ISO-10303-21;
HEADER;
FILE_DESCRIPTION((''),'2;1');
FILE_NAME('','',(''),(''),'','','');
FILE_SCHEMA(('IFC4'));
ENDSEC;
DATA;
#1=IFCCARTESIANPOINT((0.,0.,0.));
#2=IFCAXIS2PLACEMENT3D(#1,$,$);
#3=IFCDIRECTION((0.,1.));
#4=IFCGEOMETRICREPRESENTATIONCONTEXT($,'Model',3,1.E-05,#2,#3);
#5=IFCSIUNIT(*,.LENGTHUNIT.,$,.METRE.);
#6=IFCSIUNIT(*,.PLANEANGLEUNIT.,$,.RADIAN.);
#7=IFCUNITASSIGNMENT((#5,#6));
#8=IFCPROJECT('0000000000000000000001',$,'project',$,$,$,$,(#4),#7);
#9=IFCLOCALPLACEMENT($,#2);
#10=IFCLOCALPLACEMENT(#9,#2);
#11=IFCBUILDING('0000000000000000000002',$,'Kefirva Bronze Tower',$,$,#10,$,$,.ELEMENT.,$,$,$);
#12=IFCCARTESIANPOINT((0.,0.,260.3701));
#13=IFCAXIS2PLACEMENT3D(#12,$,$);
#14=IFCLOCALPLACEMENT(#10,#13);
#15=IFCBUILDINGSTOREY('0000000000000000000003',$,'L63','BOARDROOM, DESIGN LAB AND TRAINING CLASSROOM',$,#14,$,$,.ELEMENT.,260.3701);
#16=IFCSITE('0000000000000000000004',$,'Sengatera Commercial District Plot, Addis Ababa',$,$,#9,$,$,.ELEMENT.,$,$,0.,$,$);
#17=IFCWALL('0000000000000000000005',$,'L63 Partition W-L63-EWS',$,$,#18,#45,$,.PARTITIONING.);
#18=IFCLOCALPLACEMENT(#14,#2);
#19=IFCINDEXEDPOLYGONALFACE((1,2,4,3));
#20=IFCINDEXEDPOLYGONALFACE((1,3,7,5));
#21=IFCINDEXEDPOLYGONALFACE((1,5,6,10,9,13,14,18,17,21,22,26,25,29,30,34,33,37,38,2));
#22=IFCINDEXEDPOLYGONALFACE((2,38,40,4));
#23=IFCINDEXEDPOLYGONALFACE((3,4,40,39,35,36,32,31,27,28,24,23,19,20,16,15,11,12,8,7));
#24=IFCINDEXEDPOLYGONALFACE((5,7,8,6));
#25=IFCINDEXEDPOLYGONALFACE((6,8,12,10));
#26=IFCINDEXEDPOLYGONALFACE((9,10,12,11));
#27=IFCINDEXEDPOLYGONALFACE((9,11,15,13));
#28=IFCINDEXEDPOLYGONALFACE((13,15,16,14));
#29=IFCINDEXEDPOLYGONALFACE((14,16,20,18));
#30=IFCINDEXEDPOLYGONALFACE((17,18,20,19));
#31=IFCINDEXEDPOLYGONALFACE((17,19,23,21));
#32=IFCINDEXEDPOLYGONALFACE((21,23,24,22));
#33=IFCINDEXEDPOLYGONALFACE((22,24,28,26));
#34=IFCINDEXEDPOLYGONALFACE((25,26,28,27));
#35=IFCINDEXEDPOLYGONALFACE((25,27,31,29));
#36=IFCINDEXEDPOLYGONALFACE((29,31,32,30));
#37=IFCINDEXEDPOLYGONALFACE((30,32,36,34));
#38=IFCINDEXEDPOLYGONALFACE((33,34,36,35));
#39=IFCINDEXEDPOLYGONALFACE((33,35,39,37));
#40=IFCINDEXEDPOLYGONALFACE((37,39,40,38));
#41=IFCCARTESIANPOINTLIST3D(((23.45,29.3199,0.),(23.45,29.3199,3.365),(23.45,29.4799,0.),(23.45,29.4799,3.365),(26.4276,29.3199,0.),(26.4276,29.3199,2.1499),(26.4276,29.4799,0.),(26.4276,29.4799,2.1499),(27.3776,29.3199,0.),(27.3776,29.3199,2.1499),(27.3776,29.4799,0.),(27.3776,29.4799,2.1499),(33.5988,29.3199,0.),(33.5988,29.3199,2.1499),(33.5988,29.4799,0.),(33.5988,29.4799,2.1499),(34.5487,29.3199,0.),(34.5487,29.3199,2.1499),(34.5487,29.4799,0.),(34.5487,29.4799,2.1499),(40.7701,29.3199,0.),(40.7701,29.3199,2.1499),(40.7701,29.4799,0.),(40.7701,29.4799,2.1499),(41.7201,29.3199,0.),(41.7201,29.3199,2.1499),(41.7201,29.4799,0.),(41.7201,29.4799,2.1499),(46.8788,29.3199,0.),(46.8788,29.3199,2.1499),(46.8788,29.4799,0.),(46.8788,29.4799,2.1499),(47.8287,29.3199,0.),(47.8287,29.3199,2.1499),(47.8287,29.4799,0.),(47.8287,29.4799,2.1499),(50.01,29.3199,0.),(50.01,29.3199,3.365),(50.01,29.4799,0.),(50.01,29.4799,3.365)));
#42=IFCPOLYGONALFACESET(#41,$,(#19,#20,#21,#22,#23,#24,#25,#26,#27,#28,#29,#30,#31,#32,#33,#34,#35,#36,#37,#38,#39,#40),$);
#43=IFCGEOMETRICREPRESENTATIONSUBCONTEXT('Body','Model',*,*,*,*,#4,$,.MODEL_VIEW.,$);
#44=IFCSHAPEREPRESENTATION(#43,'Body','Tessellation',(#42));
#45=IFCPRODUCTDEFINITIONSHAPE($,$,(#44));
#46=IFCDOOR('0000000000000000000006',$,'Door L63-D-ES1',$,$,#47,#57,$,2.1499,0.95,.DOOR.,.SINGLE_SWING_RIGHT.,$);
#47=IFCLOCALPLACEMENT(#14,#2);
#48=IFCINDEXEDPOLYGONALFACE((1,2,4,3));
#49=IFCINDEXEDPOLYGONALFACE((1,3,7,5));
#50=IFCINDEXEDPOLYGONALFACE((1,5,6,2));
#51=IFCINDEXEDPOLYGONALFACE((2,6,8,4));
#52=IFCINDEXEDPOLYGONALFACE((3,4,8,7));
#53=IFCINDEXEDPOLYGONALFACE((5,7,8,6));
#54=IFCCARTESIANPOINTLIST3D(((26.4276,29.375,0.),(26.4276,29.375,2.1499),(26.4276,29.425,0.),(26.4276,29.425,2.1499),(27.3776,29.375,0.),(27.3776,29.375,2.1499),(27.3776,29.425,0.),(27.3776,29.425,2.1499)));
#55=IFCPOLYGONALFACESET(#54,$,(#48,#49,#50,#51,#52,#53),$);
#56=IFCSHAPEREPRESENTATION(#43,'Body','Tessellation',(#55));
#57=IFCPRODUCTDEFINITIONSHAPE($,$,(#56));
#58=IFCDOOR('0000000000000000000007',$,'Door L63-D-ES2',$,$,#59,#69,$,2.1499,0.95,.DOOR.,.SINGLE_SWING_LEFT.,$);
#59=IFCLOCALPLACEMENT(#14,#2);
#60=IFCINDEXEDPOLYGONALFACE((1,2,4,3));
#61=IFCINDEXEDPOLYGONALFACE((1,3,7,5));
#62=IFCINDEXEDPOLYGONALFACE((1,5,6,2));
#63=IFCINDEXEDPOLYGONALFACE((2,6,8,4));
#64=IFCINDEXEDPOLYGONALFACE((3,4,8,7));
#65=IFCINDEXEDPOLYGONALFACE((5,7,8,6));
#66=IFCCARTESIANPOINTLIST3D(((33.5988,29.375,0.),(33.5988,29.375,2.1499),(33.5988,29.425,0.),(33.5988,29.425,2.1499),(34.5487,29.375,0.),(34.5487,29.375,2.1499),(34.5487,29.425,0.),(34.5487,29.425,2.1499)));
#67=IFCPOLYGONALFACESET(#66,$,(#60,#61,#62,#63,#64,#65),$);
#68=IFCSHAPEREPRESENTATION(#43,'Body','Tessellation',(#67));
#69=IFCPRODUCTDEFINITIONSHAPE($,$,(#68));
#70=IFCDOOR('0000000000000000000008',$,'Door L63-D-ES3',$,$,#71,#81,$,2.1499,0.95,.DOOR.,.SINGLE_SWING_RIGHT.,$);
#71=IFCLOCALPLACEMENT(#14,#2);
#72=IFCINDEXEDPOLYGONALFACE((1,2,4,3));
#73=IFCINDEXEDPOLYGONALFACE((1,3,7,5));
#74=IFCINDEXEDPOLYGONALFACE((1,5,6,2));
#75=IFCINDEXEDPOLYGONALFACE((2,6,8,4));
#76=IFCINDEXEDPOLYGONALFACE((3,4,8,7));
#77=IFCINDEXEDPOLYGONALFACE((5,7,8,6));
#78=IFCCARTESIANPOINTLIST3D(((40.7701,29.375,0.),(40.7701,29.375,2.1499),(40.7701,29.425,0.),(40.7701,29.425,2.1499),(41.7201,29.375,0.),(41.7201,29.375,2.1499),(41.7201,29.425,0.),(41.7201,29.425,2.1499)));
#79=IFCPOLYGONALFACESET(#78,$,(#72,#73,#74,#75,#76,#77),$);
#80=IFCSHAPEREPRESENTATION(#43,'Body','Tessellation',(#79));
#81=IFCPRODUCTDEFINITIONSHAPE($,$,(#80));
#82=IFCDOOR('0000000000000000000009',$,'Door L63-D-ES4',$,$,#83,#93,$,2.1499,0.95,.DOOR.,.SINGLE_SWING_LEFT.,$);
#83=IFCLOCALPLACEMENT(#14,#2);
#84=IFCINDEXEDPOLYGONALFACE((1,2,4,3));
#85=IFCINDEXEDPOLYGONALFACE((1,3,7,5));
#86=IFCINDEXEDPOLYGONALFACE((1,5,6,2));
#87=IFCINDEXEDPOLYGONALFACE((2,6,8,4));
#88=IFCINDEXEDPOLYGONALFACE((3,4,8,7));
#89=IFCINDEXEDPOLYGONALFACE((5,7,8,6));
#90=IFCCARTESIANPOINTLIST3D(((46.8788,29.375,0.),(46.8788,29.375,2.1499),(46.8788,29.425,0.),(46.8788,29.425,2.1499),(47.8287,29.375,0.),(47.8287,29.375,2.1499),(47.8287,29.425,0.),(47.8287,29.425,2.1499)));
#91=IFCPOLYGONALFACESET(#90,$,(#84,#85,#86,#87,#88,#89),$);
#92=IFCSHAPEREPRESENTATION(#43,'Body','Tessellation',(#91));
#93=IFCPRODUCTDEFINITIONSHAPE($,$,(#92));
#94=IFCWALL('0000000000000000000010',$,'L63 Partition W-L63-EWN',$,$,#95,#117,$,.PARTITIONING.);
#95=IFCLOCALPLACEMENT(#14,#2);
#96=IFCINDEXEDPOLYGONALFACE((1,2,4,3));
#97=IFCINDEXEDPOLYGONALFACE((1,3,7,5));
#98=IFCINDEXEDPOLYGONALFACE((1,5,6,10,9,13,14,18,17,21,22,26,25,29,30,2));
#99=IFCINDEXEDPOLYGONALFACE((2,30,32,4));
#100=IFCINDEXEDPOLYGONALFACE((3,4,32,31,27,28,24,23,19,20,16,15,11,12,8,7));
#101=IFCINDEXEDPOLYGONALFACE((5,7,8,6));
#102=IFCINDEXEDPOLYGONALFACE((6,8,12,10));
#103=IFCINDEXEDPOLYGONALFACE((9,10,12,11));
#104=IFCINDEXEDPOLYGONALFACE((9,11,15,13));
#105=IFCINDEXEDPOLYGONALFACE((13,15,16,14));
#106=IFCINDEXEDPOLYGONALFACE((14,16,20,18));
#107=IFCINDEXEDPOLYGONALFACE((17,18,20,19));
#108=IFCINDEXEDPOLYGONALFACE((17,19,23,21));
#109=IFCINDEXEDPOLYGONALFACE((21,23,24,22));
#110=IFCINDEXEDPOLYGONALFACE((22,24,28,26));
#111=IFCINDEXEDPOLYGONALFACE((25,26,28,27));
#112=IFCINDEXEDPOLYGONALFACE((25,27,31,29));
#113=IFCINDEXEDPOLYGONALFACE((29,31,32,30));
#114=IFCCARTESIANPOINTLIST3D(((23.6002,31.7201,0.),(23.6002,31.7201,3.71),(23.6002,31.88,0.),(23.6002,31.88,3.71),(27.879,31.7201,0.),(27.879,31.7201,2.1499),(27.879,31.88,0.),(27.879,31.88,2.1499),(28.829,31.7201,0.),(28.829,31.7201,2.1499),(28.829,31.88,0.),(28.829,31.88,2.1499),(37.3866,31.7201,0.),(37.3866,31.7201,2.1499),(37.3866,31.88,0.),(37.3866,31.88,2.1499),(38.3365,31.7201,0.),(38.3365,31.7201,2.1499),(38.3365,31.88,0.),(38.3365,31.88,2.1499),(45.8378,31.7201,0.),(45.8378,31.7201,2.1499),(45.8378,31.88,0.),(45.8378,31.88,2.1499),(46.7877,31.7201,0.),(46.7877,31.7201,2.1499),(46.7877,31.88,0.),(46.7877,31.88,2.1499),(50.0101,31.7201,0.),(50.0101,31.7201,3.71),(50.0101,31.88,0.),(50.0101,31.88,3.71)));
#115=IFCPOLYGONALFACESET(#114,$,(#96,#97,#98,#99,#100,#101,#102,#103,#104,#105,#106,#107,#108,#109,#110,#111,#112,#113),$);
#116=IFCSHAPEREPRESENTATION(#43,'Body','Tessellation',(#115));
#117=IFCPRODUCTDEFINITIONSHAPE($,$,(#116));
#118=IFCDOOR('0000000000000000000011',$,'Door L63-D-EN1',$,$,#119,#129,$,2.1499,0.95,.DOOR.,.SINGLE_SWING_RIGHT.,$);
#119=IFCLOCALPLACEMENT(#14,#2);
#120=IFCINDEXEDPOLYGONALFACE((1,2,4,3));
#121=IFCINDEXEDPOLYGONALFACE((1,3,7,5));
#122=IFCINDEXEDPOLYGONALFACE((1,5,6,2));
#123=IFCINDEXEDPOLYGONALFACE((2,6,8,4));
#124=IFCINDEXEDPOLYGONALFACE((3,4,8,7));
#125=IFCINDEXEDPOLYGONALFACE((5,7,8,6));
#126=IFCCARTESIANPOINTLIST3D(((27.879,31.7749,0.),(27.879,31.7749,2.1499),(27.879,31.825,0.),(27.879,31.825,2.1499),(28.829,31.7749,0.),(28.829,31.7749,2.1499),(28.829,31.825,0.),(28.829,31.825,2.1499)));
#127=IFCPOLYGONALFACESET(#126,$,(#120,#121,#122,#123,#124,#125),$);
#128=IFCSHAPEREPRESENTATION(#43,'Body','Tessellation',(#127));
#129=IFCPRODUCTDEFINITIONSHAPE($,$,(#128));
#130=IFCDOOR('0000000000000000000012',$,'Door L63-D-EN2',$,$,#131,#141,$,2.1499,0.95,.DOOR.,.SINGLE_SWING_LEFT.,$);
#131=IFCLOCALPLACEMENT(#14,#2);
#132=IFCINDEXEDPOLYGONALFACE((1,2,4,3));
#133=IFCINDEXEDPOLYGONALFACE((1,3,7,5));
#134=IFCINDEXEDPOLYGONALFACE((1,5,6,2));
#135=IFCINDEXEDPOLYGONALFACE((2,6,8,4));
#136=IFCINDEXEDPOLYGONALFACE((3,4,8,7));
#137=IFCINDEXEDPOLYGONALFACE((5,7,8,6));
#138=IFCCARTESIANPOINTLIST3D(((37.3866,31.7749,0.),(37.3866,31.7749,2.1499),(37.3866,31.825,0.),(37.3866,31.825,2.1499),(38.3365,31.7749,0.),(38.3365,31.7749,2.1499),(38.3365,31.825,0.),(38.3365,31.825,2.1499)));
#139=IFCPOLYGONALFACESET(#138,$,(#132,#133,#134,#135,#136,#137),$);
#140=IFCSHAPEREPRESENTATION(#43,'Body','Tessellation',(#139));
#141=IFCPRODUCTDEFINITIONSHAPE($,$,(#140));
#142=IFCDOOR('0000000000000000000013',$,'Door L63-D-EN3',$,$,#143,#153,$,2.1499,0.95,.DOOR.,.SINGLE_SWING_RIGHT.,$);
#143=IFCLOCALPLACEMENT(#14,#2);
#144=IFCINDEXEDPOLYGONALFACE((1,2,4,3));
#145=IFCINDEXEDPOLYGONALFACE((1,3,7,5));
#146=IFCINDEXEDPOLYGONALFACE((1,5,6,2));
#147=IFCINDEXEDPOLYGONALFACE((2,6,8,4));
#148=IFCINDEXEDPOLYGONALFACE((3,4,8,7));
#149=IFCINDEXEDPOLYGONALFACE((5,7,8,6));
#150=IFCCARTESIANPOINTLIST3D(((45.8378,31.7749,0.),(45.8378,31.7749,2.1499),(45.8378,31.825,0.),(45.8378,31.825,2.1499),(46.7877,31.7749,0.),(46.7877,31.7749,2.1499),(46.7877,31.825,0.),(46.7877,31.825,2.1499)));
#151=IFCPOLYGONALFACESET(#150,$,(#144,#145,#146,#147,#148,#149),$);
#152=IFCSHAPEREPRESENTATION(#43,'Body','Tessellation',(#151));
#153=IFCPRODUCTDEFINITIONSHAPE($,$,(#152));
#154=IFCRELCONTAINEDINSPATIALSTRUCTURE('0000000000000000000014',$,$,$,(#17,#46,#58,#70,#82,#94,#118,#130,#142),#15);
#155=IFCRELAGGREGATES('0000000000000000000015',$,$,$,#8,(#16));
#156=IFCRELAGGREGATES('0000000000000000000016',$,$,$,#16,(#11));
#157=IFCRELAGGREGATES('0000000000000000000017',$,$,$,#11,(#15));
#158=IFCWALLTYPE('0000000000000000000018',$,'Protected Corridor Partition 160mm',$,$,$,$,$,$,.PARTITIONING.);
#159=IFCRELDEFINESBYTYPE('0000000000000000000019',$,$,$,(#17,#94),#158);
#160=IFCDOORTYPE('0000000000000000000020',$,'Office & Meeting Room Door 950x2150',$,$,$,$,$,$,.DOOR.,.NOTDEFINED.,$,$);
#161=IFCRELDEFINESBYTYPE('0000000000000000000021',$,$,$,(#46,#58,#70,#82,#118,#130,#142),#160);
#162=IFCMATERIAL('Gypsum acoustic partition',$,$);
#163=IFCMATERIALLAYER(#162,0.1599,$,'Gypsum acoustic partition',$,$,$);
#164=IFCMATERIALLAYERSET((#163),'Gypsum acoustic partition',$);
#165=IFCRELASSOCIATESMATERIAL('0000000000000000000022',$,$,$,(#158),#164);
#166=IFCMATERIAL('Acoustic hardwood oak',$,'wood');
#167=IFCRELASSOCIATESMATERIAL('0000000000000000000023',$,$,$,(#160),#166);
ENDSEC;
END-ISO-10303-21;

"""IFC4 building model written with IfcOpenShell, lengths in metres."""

from ifc_helpers import new_model, si_unit, direction, frame, frame_2d, origin, place, context, subcontext, project, spatial, rectangle, extrude, material, layer, layer_set, type_object, element, fill, save


model = new_model("IFC4")

# Units and contexts
model_context = context("Model", 3, precision=1e-05, world=origin(), true_north=direction((0.0, 1.0)))
body_context = subcontext(model_context, "Body", "Model", "MODEL_VIEW")
ifc_project = project(units=[si_unit("LENGTHUNIT", "METRE"), si_unit("PLANEANGLEUNIT", "RADIAN")], contexts=[model_context])

# Site, building, storey
site_placement = place(None, origin())
site = spatial("IfcSite", under=ifc_project, at=site_placement, Name="Sengatera Commercial District Plot, Addis Ababa", CompositionType="ELEMENT", RefElevation=0.0)
building_placement = place(site_placement, origin())
building = spatial("IfcBuilding", under=site, at=building_placement, Name="Kefirva Bronze Tower", CompositionType="ELEMENT")
storey_placement = place(building_placement, frame((0.0, 0.0, 260.3701)))
storey = spatial("IfcBuildingStorey", under=building, at=storey_placement, Name="L63", Description="BOARDROOM, DESIGN LAB AND TRAINING CLASSROOM", CompositionType="ELEMENT", Elevation=260.3701)

# Shared definitions
ifc_material_1 = material(Name="Gypsum acoustic partition")

# Walls, openings, doors
ifc_layer_1 = layer(ifc_material_1, 0.1599, Name="Gypsum acoustic partition")
ifc_layer_set_1 = layer_set([ifc_layer_1], Name="Gypsum acoustic partition")
wall_type_1 = type_object("IfcWallType", Name="Protected Corridor Partition 160mm", PredefinedType="PARTITIONING", material=ifc_layer_set_1)
wall_1_placement = place(storey_placement, frame((23.45, 29.3999, 0.0), z_axis=(0.0, 0.0, 1.0), x_axis=(1.0, 0.0, 0.0)))
wall_1 = element("IfcWall", 1, at=wall_1_placement, inside=storey, type_object=wall_type_1, Name="L63 Partition W-L63-EWS", PredefinedType="PARTITIONING", context=body_context, shape_type="SweptSolid", body=[
    extrude(rectangle(XDim=26.5601, YDim=0.1599, at=frame_2d((13.28, 0.0))), origin(), (0.0, 0.0, 1.0), 3.365),
])
opening_1_placement = place(wall_1_placement, frame((3.9277, 0.0, 0.0), z_axis=(0.0, 0.0, 1.0), x_axis=(-1.0, 0.0, 0.0)))
opening_1 = element("IfcOpeningElement", 2, at=opening_1_placement, cuts=wall_1, PredefinedType="OPENING", context=body_context, shape_type="SweptSolid", body=[
    extrude(rectangle(XDim=0.95, YDim=2.1499, at=frame_2d((0.4751, 1.075))), frame((0.0, 0.0898, 0.0), z_axis=(0.0, -1.0, 0.0), x_axis=(1.0, 0.0, 0.0)), (0.0, 0.0, 1.0), 0.1799),
])
opening_2_placement = place(wall_1_placement, frame((11.0989, 0.0, 0.0), z_axis=(0.0, 0.0, 1.0), x_axis=(-1.0, 0.0, 0.0)))
opening_2 = element("IfcOpeningElement", 3, at=opening_2_placement, cuts=wall_1, PredefinedType="OPENING", context=body_context, shape_type="SweptSolid", body=[
    extrude(rectangle(XDim=0.95, YDim=2.1499, at=frame_2d((0.4751, 1.075))), frame((0.0, 0.0898, 0.0), z_axis=(0.0, -1.0, 0.0), x_axis=(1.0, 0.0, 0.0)), (0.0, 0.0, 1.0), 0.1799),
])
opening_3_placement = place(wall_1_placement, frame((18.2703, 0.0, 0.0), z_axis=(0.0, 0.0, 1.0), x_axis=(-1.0, 0.0, 0.0)))
opening_3 = element("IfcOpeningElement", 4, at=opening_3_placement, cuts=wall_1, PredefinedType="OPENING", context=body_context, shape_type="SweptSolid", body=[
    extrude(rectangle(XDim=0.95, YDim=2.1499, at=frame_2d((0.4751, 1.075))), frame((0.0, 0.0898, 0.0), z_axis=(0.0, -1.0, 0.0), x_axis=(1.0, 0.0, 0.0)), (0.0, 0.0, 1.0), 0.1799),
])
opening_4_placement = place(wall_1_placement, frame((24.3789, 0.0, 0.0), z_axis=(0.0, 0.0, 1.0), x_axis=(-1.0, 0.0, 0.0)))
opening_4 = element("IfcOpeningElement", 5, at=opening_4_placement, cuts=wall_1, PredefinedType="OPENING", context=body_context, shape_type="SweptSolid", body=[
    extrude(rectangle(XDim=0.95, YDim=2.1499, at=frame_2d((0.4751, 1.075))), frame((0.0, 0.0898, 0.0), z_axis=(0.0, -1.0, 0.0), x_axis=(1.0, 0.0, 0.0)), (0.0, 0.0, 1.0), 0.1799),
])
ifc_material_2 = material(Name="Acoustic hardwood oak", Category="wood")
door_type_1 = type_object("IfcDoorType", Name="Office & Meeting Room Door 950x2150", OperationType="NOTDEFINED", PredefinedType="DOOR", material=ifc_material_2)
door_1_placement = place(opening_1_placement, origin())
door_1 = element("IfcDoor", 6, at=door_1_placement, inside=storey, type_object=door_type_1, Name="Door L63-D-ES1", OperationType="SINGLE_SWING_RIGHT", OverallHeight=2.1499, OverallWidth=0.95, PredefinedType="DOOR", context=body_context, shape_type="SweptSolid", body=[
    extrude(rectangle(XDim=0.95, YDim=2.1499, at=frame_2d((0.4751, 1.075))), frame((0.0, 0.0249, 0.0), z_axis=(0.0, -1.0, 0.0), x_axis=(1.0, 0.0, 0.0)), (0.0, 0.0, 1.0), 0.05),
])
fill(opening_1, door_1)
door_2_placement = place(opening_2_placement, origin())
door_2 = element("IfcDoor", 7, at=door_2_placement, inside=storey, type_object=door_type_1, Name="Door L63-D-ES2", OperationType="SINGLE_SWING_LEFT", OverallHeight=2.1499, OverallWidth=0.95, PredefinedType="DOOR", context=body_context, shape_type="SweptSolid", body=[
    extrude(rectangle(XDim=0.95, YDim=2.1499, at=frame_2d((0.4751, 1.075))), frame((0.0, 0.0249, 0.0), z_axis=(0.0, -1.0, 0.0), x_axis=(1.0, 0.0, 0.0)), (0.0, 0.0, 1.0), 0.05),
])
fill(opening_2, door_2)
door_3_placement = place(opening_3_placement, origin())
door_3 = element("IfcDoor", 8, at=door_3_placement, inside=storey, type_object=door_type_1, Name="Door L63-D-ES3", OperationType="SINGLE_SWING_RIGHT", OverallHeight=2.1499, OverallWidth=0.95, PredefinedType="DOOR", context=body_context, shape_type="SweptSolid", body=[
    extrude(rectangle(XDim=0.95, YDim=2.1499, at=frame_2d((0.4751, 1.075))), frame((0.0, 0.0249, 0.0), z_axis=(0.0, -1.0, 0.0), x_axis=(1.0, 0.0, 0.0)), (0.0, 0.0, 1.0), 0.05),
])
fill(opening_3, door_3)
door_4_placement = place(opening_4_placement, origin())
door_4 = element("IfcDoor", 9, at=door_4_placement, inside=storey, type_object=door_type_1, Name="Door L63-D-ES4", OperationType="SINGLE_SWING_LEFT", OverallHeight=2.1499, OverallWidth=0.95, PredefinedType="DOOR", context=body_context, shape_type="SweptSolid", body=[
    extrude(rectangle(XDim=0.95, YDim=2.1499, at=frame_2d((0.4751, 1.075))), frame((0.0, 0.0249, 0.0), z_axis=(0.0, -1.0, 0.0), x_axis=(1.0, 0.0, 0.0)), (0.0, 0.0, 1.0), 0.05),
])
fill(opening_4, door_4)
wall_2_placement = place(storey_placement, frame((23.6001, 31.8, 0.0), z_axis=(0.0, 0.0, 1.0), x_axis=(1.0, 0.0, 0.0)))
wall_2 = element("IfcWall", 10, at=wall_2_placement, inside=storey, type_object=wall_type_1, Name="L63 Partition W-L63-EWN", PredefinedType="PARTITIONING", context=body_context, shape_type="SweptSolid", body=[
    extrude(rectangle(XDim=26.4099, YDim=0.1599, at=frame_2d((13.2051, 0.0))), origin(), (0.0, 0.0, 1.0), 3.71),
])
opening_5_placement = place(wall_2_placement, frame((4.2788, 0.0, 0.0)))
opening_5 = element("IfcOpeningElement", 11, at=opening_5_placement, cuts=wall_2, PredefinedType="OPENING", context=body_context, shape_type="SweptSolid", body=[
    extrude(rectangle(XDim=0.95, YDim=2.1499, at=frame_2d((0.4751, 1.075))), frame((0.0, 0.0898, 0.0), z_axis=(0.0, -1.0, 0.0), x_axis=(1.0, 0.0, 0.0)), (0.0, 0.0, 1.0), 0.1799),
])
opening_6_placement = place(wall_2_placement, frame((13.7864, 0.0, 0.0)))
opening_6 = element("IfcOpeningElement", 12, at=opening_6_placement, cuts=wall_2, PredefinedType="OPENING", context=body_context, shape_type="SweptSolid", body=[
    extrude(rectangle(XDim=0.95, YDim=2.1499, at=frame_2d((0.4751, 1.075))), frame((0.0, 0.0898, 0.0), z_axis=(0.0, -1.0, 0.0), x_axis=(1.0, 0.0, 0.0)), (0.0, 0.0, 1.0), 0.1799),
])
opening_7_placement = place(wall_2_placement, frame((22.2375, 0.0, 0.0)))
opening_7 = element("IfcOpeningElement", 13, at=opening_7_placement, cuts=wall_2, PredefinedType="OPENING", context=body_context, shape_type="SweptSolid", body=[
    extrude(rectangle(XDim=0.95, YDim=2.1499, at=frame_2d((0.4751, 1.075))), frame((0.0, 0.0898, 0.0), z_axis=(0.0, -1.0, 0.0), x_axis=(1.0, 0.0, 0.0)), (0.0, 0.0, 1.0), 0.1799),
])
door_5_placement = place(opening_5_placement, origin())
door_5 = element("IfcDoor", 14, at=door_5_placement, inside=storey, type_object=door_type_1, Name="Door L63-D-EN1", OperationType="SINGLE_SWING_RIGHT", OverallHeight=2.1499, OverallWidth=0.95, PredefinedType="DOOR", context=body_context, shape_type="SweptSolid", body=[
    extrude(rectangle(XDim=0.95, YDim=2.1499, at=frame_2d((0.4751, 1.075))), frame((0.0, 0.0249, 0.0), z_axis=(0.0, -1.0, 0.0), x_axis=(1.0, 0.0, 0.0)), (0.0, 0.0, 1.0), 0.05),
])
fill(opening_5, door_5)
door_6_placement = place(opening_6_placement, origin())
door_6 = element("IfcDoor", 15, at=door_6_placement, inside=storey, type_object=door_type_1, Name="Door L63-D-EN2", OperationType="SINGLE_SWING_LEFT", OverallHeight=2.1499, OverallWidth=0.95, PredefinedType="DOOR", context=body_context, shape_type="SweptSolid", body=[
    extrude(rectangle(XDim=0.95, YDim=2.1499, at=frame_2d((0.4751, 1.075))), frame((0.0, 0.0249, 0.0), z_axis=(0.0, -1.0, 0.0), x_axis=(1.0, 0.0, 0.0)), (0.0, 0.0, 1.0), 0.05),
])
fill(opening_6, door_6)
door_7_placement = place(opening_7_placement, origin())
door_7 = element("IfcDoor", 16, at=door_7_placement, inside=storey, type_object=door_type_1, Name="Door L63-D-EN3", OperationType="SINGLE_SWING_RIGHT", OverallHeight=2.1499, OverallWidth=0.95, PredefinedType="DOOR", context=body_context, shape_type="SweptSolid", body=[
    extrude(rectangle(XDim=0.95, YDim=2.1499, at=frame_2d((0.4751, 1.075))), frame((0.0, 0.0249, 0.0), z_axis=(0.0, -1.0, 0.0), x_axis=(1.0, 0.0, 0.0)), (0.0, 0.0, 1.0), 0.05),
])
fill(opening_7, door_7)

save(model, "model.ifc")
